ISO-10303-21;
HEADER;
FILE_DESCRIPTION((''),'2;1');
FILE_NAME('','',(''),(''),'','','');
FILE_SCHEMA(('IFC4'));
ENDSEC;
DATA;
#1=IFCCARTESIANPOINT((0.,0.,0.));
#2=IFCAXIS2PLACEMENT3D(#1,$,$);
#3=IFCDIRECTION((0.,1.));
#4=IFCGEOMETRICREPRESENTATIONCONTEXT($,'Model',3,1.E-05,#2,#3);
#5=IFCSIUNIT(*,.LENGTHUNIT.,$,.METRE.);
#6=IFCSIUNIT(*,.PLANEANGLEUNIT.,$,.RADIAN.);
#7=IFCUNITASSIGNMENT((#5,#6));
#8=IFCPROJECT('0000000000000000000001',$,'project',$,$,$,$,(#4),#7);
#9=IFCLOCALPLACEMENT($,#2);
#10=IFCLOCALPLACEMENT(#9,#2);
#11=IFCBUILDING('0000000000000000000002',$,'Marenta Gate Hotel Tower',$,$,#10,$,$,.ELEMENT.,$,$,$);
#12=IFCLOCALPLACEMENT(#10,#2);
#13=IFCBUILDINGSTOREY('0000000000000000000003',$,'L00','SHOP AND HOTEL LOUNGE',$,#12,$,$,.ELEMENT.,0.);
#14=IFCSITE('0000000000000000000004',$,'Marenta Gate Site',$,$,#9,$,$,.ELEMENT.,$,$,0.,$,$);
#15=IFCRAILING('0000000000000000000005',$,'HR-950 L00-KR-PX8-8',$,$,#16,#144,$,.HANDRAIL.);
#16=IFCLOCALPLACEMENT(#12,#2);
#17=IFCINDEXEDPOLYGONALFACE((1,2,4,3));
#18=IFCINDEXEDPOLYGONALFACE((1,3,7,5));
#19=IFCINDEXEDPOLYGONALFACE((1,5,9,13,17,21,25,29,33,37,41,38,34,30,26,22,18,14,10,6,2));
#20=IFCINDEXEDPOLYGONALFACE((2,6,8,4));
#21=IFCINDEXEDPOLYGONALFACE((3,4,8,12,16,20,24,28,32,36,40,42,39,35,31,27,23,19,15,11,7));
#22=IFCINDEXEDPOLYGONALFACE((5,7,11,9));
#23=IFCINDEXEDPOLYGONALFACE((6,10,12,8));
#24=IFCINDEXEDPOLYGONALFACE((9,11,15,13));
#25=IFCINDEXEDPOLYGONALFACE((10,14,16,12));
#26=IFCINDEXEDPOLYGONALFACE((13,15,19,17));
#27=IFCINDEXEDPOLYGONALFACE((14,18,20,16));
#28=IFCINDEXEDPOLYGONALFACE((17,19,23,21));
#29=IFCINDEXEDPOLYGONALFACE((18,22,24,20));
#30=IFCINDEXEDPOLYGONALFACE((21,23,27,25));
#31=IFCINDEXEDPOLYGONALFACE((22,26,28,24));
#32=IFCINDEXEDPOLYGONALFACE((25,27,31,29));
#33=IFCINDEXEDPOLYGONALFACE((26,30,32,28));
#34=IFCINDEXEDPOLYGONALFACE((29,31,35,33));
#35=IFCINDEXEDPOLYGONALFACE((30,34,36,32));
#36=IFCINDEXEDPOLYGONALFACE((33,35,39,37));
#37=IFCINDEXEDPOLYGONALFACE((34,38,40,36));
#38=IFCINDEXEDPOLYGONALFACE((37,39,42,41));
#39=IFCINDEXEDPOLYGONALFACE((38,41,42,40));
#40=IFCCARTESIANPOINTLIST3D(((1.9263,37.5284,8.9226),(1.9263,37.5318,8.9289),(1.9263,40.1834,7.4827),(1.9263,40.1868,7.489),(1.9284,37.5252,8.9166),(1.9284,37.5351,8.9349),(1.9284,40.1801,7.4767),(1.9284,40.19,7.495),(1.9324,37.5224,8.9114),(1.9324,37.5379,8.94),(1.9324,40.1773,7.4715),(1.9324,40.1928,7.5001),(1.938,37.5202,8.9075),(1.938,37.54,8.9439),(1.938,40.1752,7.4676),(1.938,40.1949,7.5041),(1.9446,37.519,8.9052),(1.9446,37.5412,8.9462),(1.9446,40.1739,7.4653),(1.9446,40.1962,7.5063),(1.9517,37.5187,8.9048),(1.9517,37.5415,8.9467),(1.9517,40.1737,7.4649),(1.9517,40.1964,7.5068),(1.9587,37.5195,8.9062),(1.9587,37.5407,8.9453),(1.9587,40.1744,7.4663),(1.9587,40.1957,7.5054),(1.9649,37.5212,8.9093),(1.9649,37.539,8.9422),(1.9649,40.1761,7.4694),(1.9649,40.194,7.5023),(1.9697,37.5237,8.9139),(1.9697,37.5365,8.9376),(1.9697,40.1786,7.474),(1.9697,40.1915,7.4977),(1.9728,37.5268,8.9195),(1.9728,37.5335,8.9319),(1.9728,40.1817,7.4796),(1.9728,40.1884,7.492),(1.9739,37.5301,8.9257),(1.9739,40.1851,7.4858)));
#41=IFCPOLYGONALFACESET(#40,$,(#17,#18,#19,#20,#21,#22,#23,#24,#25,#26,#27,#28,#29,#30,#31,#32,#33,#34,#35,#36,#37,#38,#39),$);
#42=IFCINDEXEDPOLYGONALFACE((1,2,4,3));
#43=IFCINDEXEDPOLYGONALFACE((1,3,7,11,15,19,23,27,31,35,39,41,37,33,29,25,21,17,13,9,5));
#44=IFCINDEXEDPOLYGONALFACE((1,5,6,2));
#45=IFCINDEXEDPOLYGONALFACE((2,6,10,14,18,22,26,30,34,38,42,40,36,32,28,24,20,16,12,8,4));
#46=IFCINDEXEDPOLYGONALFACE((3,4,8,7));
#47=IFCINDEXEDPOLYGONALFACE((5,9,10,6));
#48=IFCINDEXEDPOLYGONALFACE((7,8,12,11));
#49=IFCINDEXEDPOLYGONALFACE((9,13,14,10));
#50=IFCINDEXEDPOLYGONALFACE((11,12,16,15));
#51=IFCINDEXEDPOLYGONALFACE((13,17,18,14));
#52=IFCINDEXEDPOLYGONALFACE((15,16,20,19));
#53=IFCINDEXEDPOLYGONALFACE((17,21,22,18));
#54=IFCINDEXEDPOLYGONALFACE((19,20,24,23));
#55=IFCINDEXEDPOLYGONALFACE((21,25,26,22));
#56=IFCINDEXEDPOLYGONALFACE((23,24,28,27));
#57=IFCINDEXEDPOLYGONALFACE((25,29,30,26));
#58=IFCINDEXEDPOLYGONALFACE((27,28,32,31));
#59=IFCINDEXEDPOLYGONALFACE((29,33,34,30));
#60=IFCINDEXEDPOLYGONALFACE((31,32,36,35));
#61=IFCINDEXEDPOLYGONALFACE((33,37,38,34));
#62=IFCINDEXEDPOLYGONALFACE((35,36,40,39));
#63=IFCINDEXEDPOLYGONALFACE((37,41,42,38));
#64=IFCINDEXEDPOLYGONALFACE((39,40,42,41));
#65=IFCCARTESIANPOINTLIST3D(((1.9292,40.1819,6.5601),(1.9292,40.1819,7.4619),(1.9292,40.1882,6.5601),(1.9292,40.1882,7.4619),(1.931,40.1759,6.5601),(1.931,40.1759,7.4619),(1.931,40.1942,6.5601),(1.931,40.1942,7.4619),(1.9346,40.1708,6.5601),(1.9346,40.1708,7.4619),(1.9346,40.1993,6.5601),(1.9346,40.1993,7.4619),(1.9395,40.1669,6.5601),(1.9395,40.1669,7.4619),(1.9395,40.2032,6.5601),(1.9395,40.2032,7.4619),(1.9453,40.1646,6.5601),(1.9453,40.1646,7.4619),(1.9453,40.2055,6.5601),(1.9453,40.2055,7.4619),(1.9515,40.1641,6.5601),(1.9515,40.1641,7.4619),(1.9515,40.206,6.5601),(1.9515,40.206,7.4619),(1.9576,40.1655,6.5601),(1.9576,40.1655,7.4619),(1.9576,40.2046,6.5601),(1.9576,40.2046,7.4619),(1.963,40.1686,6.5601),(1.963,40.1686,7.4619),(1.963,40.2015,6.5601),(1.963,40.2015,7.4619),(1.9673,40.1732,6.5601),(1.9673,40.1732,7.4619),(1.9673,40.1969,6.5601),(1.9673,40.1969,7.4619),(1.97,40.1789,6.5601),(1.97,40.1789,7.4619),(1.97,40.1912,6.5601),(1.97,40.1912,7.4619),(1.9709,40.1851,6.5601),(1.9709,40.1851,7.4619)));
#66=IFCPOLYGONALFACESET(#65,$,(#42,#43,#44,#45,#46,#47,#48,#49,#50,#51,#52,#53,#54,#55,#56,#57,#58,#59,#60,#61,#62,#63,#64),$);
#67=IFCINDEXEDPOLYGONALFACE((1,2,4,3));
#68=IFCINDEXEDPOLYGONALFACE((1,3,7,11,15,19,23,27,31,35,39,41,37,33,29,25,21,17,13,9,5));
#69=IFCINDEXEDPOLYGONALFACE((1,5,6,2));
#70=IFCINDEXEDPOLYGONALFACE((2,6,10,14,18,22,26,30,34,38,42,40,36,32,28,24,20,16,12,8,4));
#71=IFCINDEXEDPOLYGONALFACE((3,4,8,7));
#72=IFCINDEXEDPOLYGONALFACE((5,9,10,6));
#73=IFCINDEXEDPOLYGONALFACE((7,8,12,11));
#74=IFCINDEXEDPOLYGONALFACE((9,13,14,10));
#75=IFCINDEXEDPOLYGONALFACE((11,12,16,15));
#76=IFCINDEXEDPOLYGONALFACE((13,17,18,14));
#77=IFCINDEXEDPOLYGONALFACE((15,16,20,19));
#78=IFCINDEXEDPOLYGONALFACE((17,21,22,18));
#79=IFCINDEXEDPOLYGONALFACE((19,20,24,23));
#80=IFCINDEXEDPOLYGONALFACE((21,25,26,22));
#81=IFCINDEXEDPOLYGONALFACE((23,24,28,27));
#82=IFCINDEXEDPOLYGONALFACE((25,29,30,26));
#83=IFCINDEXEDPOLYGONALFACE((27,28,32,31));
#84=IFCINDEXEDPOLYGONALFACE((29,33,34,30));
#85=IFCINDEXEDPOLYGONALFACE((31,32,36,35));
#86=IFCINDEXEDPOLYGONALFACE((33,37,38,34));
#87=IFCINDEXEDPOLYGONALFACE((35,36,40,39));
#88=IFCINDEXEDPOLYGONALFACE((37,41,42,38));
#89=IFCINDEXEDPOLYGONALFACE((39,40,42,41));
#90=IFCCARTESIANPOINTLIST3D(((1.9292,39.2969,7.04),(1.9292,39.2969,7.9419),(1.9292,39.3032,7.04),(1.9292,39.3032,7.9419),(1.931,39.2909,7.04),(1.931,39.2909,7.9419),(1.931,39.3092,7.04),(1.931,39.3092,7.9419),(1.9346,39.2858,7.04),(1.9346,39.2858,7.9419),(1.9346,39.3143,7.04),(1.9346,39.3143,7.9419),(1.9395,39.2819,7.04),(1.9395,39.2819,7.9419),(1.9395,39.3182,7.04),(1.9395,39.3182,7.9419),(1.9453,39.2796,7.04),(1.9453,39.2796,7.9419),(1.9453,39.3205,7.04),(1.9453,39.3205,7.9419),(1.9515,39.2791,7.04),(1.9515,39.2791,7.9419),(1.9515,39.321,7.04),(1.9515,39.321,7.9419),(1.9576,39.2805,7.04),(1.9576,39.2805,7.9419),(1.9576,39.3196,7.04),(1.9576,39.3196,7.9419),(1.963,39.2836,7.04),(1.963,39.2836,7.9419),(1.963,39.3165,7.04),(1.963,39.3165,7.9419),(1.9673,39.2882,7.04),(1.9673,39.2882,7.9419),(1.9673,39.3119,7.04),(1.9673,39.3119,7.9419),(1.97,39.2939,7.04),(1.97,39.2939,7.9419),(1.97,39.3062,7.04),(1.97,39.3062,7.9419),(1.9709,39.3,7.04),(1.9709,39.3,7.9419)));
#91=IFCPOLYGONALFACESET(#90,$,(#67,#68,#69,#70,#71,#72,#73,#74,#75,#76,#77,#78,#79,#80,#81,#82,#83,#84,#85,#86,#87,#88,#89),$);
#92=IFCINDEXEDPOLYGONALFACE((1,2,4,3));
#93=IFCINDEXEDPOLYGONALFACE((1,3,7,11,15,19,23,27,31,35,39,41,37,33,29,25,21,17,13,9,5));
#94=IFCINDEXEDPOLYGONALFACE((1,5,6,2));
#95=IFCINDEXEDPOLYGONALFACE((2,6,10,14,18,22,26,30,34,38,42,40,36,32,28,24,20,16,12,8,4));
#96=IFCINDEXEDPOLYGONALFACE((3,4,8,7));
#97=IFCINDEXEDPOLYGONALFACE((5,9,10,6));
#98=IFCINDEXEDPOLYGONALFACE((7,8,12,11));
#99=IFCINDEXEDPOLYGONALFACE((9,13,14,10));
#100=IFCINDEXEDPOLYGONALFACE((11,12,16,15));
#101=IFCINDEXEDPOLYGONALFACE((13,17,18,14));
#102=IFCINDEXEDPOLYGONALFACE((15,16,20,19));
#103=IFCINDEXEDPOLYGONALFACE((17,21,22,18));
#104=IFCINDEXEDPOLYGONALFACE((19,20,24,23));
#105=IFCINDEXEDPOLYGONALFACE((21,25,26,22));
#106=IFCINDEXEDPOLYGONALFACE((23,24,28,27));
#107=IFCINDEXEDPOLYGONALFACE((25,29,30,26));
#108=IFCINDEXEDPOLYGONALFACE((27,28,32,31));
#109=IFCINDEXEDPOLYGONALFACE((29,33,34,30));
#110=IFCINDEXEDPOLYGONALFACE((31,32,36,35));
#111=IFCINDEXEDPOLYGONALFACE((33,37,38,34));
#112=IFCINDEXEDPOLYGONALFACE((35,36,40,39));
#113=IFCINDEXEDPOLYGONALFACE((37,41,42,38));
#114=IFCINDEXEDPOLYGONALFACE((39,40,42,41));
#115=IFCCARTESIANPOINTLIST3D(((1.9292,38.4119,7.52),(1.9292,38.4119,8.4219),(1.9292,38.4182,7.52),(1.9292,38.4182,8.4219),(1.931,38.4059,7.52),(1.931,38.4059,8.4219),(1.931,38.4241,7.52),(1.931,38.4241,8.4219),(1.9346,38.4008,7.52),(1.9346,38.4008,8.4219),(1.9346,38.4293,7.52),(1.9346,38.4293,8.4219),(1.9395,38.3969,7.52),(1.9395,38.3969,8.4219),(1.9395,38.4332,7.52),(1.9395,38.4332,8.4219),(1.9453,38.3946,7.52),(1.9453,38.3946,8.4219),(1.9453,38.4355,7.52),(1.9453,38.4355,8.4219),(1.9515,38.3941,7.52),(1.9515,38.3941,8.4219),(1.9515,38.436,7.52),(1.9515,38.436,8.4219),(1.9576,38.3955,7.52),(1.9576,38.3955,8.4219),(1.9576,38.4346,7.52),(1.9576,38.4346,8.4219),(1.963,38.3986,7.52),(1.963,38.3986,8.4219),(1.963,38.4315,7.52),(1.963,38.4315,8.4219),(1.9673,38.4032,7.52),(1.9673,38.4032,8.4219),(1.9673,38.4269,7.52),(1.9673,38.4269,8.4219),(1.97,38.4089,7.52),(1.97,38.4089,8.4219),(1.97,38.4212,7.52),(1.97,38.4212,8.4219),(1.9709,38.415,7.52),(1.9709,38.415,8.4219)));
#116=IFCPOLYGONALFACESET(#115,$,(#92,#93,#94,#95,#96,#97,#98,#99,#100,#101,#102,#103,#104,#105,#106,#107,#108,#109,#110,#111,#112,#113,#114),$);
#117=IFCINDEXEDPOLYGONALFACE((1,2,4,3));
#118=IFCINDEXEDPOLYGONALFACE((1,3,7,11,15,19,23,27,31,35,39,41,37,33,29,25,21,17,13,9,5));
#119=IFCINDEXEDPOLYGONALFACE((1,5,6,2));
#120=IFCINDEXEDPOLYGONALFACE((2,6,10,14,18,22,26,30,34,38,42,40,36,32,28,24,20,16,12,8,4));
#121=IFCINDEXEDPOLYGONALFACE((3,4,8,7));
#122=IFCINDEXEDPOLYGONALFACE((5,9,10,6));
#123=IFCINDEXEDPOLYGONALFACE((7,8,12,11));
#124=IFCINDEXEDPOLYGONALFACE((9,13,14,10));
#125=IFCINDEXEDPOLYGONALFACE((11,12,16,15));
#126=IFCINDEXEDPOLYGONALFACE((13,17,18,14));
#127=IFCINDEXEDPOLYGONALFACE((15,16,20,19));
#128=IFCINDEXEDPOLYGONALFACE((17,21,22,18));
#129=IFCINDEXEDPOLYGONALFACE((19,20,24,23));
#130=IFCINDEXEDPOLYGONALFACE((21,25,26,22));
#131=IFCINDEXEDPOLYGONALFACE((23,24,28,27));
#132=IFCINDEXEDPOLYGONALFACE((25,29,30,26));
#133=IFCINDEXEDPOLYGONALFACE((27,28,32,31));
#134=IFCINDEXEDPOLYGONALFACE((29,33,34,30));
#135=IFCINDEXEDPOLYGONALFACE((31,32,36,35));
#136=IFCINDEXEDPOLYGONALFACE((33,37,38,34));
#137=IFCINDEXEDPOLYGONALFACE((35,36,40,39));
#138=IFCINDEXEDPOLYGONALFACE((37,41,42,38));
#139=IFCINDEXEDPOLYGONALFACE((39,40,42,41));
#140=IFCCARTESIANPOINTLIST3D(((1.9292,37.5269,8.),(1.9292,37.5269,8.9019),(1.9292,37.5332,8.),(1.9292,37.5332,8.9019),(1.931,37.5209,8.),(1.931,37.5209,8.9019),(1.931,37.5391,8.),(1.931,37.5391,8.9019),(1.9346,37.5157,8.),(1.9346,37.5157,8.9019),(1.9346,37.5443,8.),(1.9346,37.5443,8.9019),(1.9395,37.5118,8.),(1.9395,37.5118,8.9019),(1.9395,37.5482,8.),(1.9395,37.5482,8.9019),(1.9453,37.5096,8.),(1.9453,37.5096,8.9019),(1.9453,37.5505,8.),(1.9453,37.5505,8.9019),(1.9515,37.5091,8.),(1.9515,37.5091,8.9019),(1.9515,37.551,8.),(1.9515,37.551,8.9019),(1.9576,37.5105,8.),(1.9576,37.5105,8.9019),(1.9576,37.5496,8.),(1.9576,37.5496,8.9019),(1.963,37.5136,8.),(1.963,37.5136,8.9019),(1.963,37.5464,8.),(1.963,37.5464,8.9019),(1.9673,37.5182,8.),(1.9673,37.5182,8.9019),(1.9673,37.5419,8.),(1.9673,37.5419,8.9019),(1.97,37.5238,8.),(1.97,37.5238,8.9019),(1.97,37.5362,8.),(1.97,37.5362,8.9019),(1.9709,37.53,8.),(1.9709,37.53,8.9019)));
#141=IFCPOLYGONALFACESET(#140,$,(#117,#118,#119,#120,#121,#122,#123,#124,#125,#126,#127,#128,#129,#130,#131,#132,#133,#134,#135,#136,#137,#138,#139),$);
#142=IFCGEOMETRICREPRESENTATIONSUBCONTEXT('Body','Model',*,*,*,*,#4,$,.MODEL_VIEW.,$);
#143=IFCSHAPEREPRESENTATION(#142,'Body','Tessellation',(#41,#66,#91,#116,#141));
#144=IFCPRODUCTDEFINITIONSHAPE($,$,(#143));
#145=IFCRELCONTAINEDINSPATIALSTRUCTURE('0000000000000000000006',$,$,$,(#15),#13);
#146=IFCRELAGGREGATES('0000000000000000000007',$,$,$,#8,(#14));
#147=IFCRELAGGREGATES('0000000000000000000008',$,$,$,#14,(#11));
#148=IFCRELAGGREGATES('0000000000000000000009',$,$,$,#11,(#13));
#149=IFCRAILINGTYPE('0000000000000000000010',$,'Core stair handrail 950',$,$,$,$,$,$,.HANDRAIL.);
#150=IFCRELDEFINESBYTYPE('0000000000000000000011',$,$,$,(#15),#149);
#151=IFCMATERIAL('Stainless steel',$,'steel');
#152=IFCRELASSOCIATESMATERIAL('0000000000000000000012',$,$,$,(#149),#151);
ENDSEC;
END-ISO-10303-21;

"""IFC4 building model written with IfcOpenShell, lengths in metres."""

from ifc_helpers import new_model, si_unit, direction, frame, origin, origin_2d, place, context, subcontext, project, spatial, circle, extrude, material, type_object, element, save


model = new_model("IFC4")

# Units and contexts
model_context = context("Model", 3, precision=1e-05, world=origin(), true_north=direction((0.0, 1.0)))
body_context = subcontext(model_context, "Body", "Model", "MODEL_VIEW")
ifc_project = project(units=[si_unit("LENGTHUNIT", "METRE"), si_unit("PLANEANGLEUNIT", "RADIAN")], contexts=[model_context])

# Site, building, storey
site_placement = place(None, origin())
site = spatial("IfcSite", under=ifc_project, at=site_placement, Name="Marenta Gate Site", CompositionType="ELEMENT", RefElevation=0.0)
building_placement = place(site_placement, origin())
building = spatial("IfcBuilding", under=site, at=building_placement, Name="Marenta Gate Hotel Tower", CompositionType="ELEMENT")
storey_placement = place(building_placement, origin())
storey = spatial("IfcBuildingStorey", under=building, at=storey_placement, Name="L00", Description="SHOP AND HOTEL LOUNGE", CompositionType="ELEMENT", Elevation=0.0)

# Railing
ifc_material_1 = material(Name="Stainless steel", Category="steel")
railing_type_1 = type_object("IfcRailingType", Name="Core stair handrail 950", PredefinedType="HANDRAIL", material=ifc_material_1)
railing_1_placement = place(storey_placement, frame((1.95, 40.1851, 6.5601)))
element("IfcRailing", 1, at=railing_1_placement, inside=storey, type_object=railing_type_1, Name="HR-950 L00-KR-PX8-8", PredefinedType="HANDRAIL", context=body_context, shape_type="SweptSolid", body=[
    extrude(circle(Radius=0.0239, at=origin_2d()), frame((0.0, 0.0, 0.9258), z_axis=(0.0, -0.879042, 0.476744), x_axis=(1.0, 0.0, 0.0)), (0.0, 0.0, 1.0), 3.0203),
    extrude(circle(Radius=0.021, at=origin_2d()), origin(), (0.0, 0.0, 1.0), 0.9019),
    extrude(circle(Radius=0.021, at=origin_2d()), frame((0.0, -0.885, 0.48)), (0.0, 0.0, 1.0), 0.9019),
    extrude(circle(Radius=0.021, at=origin_2d()), frame((0.0, -1.77, 0.96)), (0.0, 0.0, 1.0), 0.9019),
    extrude(circle(Radius=0.021, at=origin_2d()), frame((0.0, -2.655, 1.4399)), (0.0, 0.0, 1.0), 0.9019),
])

save(model, "model.ifc")
